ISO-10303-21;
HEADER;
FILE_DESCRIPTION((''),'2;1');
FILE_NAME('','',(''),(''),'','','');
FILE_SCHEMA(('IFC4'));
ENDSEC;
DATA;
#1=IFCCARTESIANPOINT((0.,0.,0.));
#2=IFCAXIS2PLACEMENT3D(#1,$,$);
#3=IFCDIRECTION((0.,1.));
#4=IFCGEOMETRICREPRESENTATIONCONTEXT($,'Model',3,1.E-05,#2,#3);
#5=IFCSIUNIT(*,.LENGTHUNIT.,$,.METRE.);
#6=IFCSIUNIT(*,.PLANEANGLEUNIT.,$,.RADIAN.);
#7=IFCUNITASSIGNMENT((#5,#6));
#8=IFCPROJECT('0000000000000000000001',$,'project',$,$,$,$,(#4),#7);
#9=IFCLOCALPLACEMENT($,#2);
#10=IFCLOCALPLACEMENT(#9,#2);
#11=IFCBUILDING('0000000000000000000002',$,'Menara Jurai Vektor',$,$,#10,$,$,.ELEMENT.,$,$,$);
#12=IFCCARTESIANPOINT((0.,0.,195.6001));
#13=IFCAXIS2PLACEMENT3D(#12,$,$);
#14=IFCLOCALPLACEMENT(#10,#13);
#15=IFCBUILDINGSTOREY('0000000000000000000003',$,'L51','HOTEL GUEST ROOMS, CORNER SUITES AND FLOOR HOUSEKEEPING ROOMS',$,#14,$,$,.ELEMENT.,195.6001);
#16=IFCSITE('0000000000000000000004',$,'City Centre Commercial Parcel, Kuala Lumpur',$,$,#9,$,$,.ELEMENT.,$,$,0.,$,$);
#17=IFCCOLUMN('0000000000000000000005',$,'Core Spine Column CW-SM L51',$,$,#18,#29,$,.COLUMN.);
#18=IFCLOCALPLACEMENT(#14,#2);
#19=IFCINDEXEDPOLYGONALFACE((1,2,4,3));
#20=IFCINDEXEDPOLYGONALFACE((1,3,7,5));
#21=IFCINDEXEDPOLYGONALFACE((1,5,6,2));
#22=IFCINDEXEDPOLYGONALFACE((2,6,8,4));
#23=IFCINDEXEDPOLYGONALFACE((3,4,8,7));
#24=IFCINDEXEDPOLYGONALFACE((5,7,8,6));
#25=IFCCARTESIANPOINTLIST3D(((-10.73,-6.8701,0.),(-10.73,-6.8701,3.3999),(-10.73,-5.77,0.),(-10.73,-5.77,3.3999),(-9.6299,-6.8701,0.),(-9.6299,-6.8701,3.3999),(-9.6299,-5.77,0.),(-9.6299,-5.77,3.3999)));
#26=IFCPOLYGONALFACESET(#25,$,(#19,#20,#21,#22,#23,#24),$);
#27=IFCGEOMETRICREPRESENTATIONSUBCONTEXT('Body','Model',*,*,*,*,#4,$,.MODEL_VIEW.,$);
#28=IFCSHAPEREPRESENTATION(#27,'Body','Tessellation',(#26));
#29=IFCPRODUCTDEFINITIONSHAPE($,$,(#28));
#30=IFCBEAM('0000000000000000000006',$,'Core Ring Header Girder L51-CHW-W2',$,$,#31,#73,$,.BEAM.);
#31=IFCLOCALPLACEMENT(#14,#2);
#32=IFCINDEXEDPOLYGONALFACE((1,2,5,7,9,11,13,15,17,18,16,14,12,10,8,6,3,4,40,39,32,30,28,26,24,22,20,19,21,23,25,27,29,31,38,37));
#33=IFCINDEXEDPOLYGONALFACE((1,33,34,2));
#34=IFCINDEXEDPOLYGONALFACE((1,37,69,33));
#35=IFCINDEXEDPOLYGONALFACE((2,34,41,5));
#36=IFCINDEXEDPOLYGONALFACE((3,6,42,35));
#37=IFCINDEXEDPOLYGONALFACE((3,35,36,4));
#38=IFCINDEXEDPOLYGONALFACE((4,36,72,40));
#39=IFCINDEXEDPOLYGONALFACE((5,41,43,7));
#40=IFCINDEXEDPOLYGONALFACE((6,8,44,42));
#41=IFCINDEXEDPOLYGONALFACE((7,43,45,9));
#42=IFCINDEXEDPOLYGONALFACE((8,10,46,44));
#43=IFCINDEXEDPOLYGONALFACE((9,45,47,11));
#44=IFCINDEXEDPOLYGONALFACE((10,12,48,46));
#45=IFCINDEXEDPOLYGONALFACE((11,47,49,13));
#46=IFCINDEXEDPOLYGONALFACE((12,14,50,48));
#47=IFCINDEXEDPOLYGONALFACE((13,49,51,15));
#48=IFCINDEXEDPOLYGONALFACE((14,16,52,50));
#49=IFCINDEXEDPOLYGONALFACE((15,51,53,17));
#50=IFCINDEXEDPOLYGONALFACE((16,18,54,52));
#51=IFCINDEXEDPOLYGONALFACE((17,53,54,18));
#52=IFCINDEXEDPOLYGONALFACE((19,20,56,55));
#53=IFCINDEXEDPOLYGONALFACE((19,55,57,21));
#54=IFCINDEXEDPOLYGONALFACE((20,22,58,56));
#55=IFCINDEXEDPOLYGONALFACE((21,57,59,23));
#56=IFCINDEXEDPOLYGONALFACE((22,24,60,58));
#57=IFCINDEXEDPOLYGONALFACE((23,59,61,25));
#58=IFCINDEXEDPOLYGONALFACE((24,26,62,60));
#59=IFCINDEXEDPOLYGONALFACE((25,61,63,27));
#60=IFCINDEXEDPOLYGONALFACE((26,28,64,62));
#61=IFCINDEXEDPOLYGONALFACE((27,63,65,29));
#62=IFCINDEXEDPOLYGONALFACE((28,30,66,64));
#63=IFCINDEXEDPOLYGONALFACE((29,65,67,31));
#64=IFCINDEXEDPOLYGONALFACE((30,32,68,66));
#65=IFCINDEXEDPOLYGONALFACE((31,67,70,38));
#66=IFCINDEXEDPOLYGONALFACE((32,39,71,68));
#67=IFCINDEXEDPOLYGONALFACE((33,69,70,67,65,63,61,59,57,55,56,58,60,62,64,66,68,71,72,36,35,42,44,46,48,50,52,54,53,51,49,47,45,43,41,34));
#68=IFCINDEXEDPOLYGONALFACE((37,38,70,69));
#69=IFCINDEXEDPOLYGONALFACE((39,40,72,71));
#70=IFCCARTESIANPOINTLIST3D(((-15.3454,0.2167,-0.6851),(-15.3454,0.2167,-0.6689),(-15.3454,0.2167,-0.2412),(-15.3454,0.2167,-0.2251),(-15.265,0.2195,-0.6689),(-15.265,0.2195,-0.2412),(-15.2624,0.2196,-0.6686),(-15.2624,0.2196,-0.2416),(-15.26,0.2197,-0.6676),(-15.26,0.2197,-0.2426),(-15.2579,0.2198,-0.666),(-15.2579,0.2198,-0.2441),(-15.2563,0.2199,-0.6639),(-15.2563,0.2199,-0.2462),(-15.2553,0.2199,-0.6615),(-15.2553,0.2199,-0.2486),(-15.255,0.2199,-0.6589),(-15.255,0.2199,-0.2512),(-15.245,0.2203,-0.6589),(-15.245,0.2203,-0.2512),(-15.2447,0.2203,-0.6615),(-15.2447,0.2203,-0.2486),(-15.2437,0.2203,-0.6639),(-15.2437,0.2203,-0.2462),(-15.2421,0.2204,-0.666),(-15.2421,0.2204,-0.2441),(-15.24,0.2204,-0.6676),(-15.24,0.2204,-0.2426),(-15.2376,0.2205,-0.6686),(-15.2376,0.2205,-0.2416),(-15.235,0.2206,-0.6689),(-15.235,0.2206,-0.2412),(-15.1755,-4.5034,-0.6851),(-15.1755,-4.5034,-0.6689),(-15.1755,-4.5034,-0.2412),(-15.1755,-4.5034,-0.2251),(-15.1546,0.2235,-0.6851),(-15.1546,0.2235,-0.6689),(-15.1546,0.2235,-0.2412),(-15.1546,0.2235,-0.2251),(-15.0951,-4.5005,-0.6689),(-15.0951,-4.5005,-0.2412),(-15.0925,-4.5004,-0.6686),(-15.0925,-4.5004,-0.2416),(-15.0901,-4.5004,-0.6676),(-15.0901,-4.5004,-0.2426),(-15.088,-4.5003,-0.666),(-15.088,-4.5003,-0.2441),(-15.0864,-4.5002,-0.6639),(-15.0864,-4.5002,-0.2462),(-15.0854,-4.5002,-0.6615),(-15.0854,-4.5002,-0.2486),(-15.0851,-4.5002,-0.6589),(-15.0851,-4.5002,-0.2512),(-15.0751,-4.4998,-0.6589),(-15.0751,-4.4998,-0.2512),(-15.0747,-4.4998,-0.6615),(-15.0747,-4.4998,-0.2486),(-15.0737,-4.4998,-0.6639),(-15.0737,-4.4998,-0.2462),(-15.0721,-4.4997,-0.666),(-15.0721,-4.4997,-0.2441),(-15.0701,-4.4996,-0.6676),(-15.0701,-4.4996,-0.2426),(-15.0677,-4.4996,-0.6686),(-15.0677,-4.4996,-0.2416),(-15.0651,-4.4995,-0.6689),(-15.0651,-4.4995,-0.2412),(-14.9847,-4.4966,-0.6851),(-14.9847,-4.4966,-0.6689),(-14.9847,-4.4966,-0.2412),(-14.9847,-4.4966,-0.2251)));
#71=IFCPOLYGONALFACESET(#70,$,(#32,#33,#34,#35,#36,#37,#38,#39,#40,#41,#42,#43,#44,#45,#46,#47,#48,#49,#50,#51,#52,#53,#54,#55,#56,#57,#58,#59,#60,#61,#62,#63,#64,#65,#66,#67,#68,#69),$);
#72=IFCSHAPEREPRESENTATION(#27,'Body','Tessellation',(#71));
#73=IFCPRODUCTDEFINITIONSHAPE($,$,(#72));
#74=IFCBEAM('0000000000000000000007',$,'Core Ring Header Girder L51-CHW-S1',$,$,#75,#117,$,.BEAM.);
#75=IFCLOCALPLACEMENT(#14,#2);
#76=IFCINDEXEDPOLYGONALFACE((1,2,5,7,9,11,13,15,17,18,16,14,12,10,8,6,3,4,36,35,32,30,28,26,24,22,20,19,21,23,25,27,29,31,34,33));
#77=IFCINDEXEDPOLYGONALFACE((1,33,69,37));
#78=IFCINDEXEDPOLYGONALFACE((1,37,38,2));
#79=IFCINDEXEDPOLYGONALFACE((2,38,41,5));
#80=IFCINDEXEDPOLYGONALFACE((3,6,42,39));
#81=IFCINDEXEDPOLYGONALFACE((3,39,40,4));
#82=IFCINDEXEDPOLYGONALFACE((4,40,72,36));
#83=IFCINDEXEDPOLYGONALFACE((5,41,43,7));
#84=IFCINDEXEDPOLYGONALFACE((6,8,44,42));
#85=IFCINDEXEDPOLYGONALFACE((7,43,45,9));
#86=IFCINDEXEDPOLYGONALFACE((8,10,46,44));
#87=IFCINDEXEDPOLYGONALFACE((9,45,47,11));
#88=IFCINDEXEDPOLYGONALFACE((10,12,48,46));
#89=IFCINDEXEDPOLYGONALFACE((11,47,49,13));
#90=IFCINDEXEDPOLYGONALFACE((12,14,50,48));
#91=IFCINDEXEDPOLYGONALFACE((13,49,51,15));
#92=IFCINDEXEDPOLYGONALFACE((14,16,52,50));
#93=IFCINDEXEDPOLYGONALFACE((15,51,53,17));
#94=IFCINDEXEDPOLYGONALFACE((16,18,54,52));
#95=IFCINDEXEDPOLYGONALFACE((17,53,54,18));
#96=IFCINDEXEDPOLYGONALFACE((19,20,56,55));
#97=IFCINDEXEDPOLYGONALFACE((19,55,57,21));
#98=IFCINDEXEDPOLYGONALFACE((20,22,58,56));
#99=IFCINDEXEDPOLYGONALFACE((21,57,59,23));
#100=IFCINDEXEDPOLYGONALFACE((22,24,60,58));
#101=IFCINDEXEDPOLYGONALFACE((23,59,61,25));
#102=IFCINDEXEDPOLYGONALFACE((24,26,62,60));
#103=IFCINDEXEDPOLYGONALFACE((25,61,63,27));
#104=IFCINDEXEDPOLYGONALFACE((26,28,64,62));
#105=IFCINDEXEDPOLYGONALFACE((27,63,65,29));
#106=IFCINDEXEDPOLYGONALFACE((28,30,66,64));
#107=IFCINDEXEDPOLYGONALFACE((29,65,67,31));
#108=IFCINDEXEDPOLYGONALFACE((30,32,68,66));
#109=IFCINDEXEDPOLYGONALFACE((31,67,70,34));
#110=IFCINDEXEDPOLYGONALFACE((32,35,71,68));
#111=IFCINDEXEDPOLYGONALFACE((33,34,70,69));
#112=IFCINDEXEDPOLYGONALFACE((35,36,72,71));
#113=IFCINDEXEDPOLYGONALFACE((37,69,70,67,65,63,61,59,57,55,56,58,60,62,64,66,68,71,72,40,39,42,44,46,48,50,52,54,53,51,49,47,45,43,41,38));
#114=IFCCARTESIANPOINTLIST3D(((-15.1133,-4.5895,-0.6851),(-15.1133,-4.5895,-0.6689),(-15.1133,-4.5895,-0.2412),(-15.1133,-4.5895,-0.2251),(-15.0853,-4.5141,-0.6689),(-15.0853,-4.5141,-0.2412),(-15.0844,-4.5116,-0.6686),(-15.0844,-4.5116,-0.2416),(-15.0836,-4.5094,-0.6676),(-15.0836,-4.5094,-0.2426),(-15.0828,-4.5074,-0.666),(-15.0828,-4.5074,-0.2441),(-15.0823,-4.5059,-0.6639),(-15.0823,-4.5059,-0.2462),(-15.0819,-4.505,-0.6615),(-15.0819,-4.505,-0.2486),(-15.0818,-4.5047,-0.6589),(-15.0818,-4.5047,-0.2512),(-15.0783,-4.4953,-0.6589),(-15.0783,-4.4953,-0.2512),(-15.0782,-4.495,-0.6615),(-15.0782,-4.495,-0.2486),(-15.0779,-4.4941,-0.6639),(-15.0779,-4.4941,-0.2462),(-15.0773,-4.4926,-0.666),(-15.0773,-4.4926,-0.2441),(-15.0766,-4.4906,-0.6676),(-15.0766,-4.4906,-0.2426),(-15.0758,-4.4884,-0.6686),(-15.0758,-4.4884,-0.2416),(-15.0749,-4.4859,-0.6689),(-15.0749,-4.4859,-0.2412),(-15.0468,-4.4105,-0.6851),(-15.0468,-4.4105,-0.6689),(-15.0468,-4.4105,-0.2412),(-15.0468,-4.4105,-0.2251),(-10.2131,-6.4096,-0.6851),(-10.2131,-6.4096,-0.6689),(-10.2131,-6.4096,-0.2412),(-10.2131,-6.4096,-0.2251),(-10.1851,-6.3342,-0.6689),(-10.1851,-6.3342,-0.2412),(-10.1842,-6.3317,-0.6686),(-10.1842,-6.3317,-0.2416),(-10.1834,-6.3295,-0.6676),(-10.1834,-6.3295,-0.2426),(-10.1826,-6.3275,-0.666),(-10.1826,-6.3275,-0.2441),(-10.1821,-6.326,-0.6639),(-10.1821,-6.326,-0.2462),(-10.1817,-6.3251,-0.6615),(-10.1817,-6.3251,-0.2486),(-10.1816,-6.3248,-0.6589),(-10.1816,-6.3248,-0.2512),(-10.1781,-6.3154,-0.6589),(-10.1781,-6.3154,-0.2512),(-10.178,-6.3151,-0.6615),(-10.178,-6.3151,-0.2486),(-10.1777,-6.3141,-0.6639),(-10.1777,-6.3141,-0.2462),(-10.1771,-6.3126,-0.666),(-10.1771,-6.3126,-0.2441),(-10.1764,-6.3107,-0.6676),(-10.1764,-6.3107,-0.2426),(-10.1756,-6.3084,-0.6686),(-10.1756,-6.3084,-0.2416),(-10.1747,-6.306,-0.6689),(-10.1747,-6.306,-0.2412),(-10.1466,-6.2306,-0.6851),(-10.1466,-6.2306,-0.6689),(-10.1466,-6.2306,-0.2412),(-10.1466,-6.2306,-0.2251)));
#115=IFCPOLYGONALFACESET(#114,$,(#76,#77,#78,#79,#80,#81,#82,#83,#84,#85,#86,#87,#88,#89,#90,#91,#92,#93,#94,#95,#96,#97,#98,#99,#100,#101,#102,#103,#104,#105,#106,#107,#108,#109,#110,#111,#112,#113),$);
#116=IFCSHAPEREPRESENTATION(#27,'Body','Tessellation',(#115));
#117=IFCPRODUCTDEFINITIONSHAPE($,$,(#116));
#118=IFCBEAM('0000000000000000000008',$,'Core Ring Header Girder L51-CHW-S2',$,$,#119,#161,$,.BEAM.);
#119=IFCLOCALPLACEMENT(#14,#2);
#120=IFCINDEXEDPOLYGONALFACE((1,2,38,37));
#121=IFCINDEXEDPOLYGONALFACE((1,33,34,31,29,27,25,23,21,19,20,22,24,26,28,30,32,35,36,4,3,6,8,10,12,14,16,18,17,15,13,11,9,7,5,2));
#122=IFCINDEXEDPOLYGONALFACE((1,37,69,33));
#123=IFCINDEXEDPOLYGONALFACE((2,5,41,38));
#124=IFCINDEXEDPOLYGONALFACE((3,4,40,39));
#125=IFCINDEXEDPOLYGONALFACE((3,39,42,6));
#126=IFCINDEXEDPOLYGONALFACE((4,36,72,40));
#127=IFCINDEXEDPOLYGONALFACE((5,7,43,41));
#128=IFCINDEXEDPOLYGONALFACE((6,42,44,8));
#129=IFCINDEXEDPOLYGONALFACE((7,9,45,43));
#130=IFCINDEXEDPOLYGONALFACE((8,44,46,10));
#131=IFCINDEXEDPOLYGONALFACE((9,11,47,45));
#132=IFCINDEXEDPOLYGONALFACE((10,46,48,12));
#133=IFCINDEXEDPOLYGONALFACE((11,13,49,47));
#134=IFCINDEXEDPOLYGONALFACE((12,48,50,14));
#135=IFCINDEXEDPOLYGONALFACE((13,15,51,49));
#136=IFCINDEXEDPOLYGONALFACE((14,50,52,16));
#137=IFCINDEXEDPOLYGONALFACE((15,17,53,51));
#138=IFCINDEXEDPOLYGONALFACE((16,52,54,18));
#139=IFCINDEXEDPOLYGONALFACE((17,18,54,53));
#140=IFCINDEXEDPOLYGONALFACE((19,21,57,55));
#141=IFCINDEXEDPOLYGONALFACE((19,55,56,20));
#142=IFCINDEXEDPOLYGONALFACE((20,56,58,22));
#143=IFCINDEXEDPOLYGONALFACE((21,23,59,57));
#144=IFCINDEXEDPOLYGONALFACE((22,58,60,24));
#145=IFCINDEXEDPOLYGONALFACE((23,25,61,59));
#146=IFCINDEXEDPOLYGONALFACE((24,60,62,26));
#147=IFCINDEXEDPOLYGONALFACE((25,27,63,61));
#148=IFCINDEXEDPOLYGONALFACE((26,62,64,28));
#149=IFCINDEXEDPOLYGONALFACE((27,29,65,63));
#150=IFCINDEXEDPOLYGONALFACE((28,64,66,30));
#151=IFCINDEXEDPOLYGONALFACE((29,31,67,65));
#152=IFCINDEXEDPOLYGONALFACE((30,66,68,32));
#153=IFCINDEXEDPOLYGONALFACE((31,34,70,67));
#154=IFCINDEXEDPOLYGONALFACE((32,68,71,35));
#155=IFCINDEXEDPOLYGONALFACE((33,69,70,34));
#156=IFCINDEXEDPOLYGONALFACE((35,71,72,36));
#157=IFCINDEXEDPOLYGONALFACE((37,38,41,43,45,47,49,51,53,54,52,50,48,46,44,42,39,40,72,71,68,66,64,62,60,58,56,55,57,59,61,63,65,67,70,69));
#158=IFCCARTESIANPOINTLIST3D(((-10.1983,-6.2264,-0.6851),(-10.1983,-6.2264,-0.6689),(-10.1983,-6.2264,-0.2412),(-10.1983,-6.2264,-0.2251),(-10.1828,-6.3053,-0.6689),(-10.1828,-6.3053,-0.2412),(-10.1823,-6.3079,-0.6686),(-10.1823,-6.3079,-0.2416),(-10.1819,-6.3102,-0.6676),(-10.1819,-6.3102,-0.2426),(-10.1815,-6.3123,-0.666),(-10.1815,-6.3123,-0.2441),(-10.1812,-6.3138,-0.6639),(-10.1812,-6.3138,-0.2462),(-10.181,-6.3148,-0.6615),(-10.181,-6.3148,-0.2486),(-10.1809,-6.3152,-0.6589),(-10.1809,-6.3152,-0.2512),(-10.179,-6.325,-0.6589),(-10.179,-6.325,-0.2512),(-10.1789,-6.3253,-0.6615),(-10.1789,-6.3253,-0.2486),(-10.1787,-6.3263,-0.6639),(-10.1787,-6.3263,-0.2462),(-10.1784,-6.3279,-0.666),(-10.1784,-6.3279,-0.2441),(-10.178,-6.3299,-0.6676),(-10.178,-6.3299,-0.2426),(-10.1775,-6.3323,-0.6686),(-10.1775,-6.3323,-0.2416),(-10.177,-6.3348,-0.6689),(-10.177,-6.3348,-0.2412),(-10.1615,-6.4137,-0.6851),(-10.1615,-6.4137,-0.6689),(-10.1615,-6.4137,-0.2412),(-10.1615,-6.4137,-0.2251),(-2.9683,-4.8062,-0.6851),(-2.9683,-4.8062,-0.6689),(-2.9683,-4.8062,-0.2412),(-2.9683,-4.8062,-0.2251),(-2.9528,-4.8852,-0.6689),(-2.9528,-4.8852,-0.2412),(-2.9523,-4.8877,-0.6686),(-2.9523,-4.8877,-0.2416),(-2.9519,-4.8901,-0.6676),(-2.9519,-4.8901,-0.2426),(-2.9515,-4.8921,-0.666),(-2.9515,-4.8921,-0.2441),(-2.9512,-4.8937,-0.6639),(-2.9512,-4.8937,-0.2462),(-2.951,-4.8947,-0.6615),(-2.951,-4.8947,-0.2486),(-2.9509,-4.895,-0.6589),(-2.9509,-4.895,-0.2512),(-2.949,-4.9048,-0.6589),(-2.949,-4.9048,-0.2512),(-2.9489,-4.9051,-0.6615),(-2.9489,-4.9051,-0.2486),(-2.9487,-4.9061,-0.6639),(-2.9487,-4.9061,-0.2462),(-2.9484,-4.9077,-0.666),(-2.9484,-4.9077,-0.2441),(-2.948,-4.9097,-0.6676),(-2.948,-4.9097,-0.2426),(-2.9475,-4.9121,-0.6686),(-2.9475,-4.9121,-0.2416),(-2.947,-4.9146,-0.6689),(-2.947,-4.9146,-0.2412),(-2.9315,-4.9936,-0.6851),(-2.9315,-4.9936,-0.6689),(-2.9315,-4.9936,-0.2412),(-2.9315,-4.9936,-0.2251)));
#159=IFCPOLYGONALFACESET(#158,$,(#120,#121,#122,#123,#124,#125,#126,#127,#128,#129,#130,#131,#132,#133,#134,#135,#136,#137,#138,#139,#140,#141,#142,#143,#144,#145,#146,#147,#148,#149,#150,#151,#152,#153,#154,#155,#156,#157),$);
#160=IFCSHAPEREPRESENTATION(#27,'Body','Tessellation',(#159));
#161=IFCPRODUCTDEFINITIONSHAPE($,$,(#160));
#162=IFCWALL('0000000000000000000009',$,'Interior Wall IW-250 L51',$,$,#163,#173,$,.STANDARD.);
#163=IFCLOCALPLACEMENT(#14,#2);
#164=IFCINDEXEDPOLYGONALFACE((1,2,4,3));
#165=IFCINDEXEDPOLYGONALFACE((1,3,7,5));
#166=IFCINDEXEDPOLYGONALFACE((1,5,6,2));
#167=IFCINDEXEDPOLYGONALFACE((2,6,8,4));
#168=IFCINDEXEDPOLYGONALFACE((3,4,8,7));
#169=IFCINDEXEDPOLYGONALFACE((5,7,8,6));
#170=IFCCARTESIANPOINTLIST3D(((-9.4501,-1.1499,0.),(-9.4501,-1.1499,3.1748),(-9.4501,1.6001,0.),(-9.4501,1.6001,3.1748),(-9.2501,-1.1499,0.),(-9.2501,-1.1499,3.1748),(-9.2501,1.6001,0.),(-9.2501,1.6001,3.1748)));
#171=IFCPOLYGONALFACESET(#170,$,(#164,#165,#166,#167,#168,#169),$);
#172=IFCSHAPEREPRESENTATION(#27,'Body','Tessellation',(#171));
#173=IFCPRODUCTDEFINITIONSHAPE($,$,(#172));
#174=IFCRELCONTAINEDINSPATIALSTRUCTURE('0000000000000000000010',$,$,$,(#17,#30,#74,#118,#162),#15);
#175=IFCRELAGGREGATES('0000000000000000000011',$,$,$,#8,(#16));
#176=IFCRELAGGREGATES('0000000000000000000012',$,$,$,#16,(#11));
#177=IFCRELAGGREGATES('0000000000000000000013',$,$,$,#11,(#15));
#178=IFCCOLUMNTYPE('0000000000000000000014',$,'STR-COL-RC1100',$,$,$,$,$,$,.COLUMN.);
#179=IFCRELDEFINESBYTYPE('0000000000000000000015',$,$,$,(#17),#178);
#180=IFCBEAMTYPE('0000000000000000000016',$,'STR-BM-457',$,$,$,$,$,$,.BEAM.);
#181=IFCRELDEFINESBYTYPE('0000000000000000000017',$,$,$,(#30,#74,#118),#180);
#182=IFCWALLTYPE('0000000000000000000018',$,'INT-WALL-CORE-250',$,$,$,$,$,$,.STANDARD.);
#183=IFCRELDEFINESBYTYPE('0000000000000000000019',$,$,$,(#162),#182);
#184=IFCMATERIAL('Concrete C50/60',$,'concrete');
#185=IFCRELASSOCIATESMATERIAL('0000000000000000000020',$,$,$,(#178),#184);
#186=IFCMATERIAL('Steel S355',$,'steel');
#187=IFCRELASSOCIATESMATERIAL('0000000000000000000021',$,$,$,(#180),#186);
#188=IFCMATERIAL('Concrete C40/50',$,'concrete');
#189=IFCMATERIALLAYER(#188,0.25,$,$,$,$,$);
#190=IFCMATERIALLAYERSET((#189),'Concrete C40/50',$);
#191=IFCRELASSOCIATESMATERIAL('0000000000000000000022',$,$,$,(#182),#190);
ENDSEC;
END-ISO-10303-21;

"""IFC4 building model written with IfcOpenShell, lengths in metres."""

from ifc_helpers import new_model, si_unit, direction, frame, frame_2d, origin, origin_2d, place, context, subcontext, project, spatial, rectangle, i_section, extrude, material, layer, layer_set, material_profile, profile_set, type_object, element, save


model = new_model("IFC4")

# Units and contexts
model_context = context("Model", 3, precision=1e-05, world=origin(), true_north=direction((0.0, 1.0)))
body_context = subcontext(model_context, "Body", "Model", "MODEL_VIEW")
ifc_project = project(units=[si_unit("LENGTHUNIT", "METRE"), si_unit("PLANEANGLEUNIT", "RADIAN")], contexts=[model_context])

# Site, building, storey
site_placement = place(None, origin())
site = spatial("IfcSite", under=ifc_project, at=site_placement, Name="City Centre Commercial Parcel, Kuala Lumpur", CompositionType="ELEMENT", RefElevation=0.0)
building_placement = place(site_placement, origin())
building = spatial("IfcBuilding", under=site, at=building_placement, Name="Menara Jurai Vektor", CompositionType="ELEMENT")
storey_placement = place(building_placement, frame((0.0, 0.0, 195.6001)))
storey = spatial("IfcBuildingStorey", under=building, at=storey_placement, Name="L51", Description="HOTEL GUEST ROOMS, CORNER SUITES AND FLOOR HOUSEKEEPING ROOMS", CompositionType="ELEMENT", Elevation=195.6001)

# Column
ifc_material_1 = material(Name="Concrete C50/60", Category="concrete")
ifc_material_profile_1 = material_profile(ifc_material_1, rectangle(XDim=1.1001, YDim=1.1001, at=origin_2d()), Name="RC 1100x1100")
ifc_profile_set_1 = profile_set([ifc_material_profile_1], Name="Concrete C50/60")
column_type = type_object("IfcColumnType", Name="STR-COL-RC1100", PredefinedType="COLUMN", material=ifc_profile_set_1)
column_placement = place(storey_placement, frame((-10.1799, -6.3201, 0.0), z_axis=(0.0, 0.0, 1.0), x_axis=(1.0, 0.0, 0.0)))
element("IfcColumn", 1, at=column_placement, inside=storey, type_object=column_type, Name="Core Spine Column CW-SM L51", PredefinedType="COLUMN", context=body_context, shape_type="SweptSolid", body=[
    extrude(rectangle(XDim=1.1001, YDim=1.1001, at=origin_2d()), origin(), (0.0, 0.0, 1.0), 3.3999),
])

# Beams
ifc_material_2 = material(Name="Steel S355", Category="steel")
ifc_material_profile_2 = material_profile(ifc_material_2, i_section(OverallWidth=0.1909, OverallDepth=0.46, WebThickness=0.01, FlangeThickness=0.0161, FilletRadius=0.01, at=origin_2d()), Name="UKB 457x191x82")
ifc_profile_set_2 = profile_set([ifc_material_profile_2], Name="Steel S355")
beam_type = type_object("IfcBeamType", Name="STR-BM-457", PredefinedType="BEAM", material=ifc_profile_set_2)
beam_1_placement = place(storey_placement, frame((-15.0801, -4.5, -0.4551), z_axis=(-0.035977, 0.999353, 0.0), x_axis=(-0.999353, -0.035977, 0.0)))
element("IfcBeam", 2, at=beam_1_placement, inside=storey, type_object=beam_type, Name="Core Ring Header Girder L51-CHW-W2", PredefinedType="BEAM", context=body_context, shape_type="SweptSolid", body=[
    extrude(i_section(OverallWidth=0.1909, OverallDepth=0.46, WebThickness=0.01, FlangeThickness=0.0161, FilletRadius=0.01, at=origin_2d()), origin(), (0.0, 0.0, 1.0), 4.7231),
])
beam_2_placement = place(storey_placement, frame((-15.0801, -4.5, -0.4551), z_axis=(0.937424, -0.348189, 0.0), x_axis=(0.348189, 0.937424, 0.0)))
element("IfcBeam", 3, at=beam_2_placement, inside=storey, type_object=beam_type, Name="Core Ring Header Girder L51-CHW-S1", PredefinedType="BEAM", context=body_context, shape_type="SweptSolid", body=[
    extrude(i_section(OverallWidth=0.1909, OverallDepth=0.46, WebThickness=0.01, FlangeThickness=0.0161, FilletRadius=0.01, at=origin_2d()), origin(), (0.0, 0.0, 1.0), 5.2273),
])
beam_3_placement = place(storey_placement, frame((-10.1799, -6.3201, -0.4551), z_axis=(0.981249, 0.192744, 0.0), x_axis=(-0.192744, 0.981249, 0.0)))
element("IfcBeam", 4, at=beam_3_placement, inside=storey, type_object=beam_type, Name="Core Ring Header Girder L51-CHW-S2", PredefinedType="BEAM", context=body_context, shape_type="SweptSolid", body=[
    extrude(i_section(OverallWidth=0.1909, OverallDepth=0.46, WebThickness=0.01, FlangeThickness=0.0161, FilletRadius=0.01, at=origin_2d()), origin(), (0.0, 0.0, 1.0), 7.3682),
])

# Shared definitions
ifc_material_3 = material(Name="Concrete C40/50", Category="concrete")
ifc_layer_1 = layer(ifc_material_3, 0.25)
ifc_layer_set_1 = layer_set([ifc_layer_1], Name="Concrete C40/50")
wall_type_1 = type_object("IfcWallType", Name="INT-WALL-CORE-250", PredefinedType="STANDARD", material=ifc_layer_set_1)

# Wall
wall_1_placement = place(storey_placement, frame((-9.3501, -1.1499, 0.0), z_axis=(0.0, 0.0, 1.0), x_axis=(0.0, 1.0, 0.0)))
element("IfcWall", 5, at=wall_1_placement, inside=storey, type_object=wall_type_1, Name="Interior Wall IW-250 L51", PredefinedType="STANDARD", context=body_context, shape_type="SweptSolid", body=[
    extrude(rectangle(XDim=2.75, YDim=0.2, at=frame_2d((1.375, 0.0))), origin(), (0.0, 0.0, 1.0), 3.1748),
])

save(model, "model.ifc")
